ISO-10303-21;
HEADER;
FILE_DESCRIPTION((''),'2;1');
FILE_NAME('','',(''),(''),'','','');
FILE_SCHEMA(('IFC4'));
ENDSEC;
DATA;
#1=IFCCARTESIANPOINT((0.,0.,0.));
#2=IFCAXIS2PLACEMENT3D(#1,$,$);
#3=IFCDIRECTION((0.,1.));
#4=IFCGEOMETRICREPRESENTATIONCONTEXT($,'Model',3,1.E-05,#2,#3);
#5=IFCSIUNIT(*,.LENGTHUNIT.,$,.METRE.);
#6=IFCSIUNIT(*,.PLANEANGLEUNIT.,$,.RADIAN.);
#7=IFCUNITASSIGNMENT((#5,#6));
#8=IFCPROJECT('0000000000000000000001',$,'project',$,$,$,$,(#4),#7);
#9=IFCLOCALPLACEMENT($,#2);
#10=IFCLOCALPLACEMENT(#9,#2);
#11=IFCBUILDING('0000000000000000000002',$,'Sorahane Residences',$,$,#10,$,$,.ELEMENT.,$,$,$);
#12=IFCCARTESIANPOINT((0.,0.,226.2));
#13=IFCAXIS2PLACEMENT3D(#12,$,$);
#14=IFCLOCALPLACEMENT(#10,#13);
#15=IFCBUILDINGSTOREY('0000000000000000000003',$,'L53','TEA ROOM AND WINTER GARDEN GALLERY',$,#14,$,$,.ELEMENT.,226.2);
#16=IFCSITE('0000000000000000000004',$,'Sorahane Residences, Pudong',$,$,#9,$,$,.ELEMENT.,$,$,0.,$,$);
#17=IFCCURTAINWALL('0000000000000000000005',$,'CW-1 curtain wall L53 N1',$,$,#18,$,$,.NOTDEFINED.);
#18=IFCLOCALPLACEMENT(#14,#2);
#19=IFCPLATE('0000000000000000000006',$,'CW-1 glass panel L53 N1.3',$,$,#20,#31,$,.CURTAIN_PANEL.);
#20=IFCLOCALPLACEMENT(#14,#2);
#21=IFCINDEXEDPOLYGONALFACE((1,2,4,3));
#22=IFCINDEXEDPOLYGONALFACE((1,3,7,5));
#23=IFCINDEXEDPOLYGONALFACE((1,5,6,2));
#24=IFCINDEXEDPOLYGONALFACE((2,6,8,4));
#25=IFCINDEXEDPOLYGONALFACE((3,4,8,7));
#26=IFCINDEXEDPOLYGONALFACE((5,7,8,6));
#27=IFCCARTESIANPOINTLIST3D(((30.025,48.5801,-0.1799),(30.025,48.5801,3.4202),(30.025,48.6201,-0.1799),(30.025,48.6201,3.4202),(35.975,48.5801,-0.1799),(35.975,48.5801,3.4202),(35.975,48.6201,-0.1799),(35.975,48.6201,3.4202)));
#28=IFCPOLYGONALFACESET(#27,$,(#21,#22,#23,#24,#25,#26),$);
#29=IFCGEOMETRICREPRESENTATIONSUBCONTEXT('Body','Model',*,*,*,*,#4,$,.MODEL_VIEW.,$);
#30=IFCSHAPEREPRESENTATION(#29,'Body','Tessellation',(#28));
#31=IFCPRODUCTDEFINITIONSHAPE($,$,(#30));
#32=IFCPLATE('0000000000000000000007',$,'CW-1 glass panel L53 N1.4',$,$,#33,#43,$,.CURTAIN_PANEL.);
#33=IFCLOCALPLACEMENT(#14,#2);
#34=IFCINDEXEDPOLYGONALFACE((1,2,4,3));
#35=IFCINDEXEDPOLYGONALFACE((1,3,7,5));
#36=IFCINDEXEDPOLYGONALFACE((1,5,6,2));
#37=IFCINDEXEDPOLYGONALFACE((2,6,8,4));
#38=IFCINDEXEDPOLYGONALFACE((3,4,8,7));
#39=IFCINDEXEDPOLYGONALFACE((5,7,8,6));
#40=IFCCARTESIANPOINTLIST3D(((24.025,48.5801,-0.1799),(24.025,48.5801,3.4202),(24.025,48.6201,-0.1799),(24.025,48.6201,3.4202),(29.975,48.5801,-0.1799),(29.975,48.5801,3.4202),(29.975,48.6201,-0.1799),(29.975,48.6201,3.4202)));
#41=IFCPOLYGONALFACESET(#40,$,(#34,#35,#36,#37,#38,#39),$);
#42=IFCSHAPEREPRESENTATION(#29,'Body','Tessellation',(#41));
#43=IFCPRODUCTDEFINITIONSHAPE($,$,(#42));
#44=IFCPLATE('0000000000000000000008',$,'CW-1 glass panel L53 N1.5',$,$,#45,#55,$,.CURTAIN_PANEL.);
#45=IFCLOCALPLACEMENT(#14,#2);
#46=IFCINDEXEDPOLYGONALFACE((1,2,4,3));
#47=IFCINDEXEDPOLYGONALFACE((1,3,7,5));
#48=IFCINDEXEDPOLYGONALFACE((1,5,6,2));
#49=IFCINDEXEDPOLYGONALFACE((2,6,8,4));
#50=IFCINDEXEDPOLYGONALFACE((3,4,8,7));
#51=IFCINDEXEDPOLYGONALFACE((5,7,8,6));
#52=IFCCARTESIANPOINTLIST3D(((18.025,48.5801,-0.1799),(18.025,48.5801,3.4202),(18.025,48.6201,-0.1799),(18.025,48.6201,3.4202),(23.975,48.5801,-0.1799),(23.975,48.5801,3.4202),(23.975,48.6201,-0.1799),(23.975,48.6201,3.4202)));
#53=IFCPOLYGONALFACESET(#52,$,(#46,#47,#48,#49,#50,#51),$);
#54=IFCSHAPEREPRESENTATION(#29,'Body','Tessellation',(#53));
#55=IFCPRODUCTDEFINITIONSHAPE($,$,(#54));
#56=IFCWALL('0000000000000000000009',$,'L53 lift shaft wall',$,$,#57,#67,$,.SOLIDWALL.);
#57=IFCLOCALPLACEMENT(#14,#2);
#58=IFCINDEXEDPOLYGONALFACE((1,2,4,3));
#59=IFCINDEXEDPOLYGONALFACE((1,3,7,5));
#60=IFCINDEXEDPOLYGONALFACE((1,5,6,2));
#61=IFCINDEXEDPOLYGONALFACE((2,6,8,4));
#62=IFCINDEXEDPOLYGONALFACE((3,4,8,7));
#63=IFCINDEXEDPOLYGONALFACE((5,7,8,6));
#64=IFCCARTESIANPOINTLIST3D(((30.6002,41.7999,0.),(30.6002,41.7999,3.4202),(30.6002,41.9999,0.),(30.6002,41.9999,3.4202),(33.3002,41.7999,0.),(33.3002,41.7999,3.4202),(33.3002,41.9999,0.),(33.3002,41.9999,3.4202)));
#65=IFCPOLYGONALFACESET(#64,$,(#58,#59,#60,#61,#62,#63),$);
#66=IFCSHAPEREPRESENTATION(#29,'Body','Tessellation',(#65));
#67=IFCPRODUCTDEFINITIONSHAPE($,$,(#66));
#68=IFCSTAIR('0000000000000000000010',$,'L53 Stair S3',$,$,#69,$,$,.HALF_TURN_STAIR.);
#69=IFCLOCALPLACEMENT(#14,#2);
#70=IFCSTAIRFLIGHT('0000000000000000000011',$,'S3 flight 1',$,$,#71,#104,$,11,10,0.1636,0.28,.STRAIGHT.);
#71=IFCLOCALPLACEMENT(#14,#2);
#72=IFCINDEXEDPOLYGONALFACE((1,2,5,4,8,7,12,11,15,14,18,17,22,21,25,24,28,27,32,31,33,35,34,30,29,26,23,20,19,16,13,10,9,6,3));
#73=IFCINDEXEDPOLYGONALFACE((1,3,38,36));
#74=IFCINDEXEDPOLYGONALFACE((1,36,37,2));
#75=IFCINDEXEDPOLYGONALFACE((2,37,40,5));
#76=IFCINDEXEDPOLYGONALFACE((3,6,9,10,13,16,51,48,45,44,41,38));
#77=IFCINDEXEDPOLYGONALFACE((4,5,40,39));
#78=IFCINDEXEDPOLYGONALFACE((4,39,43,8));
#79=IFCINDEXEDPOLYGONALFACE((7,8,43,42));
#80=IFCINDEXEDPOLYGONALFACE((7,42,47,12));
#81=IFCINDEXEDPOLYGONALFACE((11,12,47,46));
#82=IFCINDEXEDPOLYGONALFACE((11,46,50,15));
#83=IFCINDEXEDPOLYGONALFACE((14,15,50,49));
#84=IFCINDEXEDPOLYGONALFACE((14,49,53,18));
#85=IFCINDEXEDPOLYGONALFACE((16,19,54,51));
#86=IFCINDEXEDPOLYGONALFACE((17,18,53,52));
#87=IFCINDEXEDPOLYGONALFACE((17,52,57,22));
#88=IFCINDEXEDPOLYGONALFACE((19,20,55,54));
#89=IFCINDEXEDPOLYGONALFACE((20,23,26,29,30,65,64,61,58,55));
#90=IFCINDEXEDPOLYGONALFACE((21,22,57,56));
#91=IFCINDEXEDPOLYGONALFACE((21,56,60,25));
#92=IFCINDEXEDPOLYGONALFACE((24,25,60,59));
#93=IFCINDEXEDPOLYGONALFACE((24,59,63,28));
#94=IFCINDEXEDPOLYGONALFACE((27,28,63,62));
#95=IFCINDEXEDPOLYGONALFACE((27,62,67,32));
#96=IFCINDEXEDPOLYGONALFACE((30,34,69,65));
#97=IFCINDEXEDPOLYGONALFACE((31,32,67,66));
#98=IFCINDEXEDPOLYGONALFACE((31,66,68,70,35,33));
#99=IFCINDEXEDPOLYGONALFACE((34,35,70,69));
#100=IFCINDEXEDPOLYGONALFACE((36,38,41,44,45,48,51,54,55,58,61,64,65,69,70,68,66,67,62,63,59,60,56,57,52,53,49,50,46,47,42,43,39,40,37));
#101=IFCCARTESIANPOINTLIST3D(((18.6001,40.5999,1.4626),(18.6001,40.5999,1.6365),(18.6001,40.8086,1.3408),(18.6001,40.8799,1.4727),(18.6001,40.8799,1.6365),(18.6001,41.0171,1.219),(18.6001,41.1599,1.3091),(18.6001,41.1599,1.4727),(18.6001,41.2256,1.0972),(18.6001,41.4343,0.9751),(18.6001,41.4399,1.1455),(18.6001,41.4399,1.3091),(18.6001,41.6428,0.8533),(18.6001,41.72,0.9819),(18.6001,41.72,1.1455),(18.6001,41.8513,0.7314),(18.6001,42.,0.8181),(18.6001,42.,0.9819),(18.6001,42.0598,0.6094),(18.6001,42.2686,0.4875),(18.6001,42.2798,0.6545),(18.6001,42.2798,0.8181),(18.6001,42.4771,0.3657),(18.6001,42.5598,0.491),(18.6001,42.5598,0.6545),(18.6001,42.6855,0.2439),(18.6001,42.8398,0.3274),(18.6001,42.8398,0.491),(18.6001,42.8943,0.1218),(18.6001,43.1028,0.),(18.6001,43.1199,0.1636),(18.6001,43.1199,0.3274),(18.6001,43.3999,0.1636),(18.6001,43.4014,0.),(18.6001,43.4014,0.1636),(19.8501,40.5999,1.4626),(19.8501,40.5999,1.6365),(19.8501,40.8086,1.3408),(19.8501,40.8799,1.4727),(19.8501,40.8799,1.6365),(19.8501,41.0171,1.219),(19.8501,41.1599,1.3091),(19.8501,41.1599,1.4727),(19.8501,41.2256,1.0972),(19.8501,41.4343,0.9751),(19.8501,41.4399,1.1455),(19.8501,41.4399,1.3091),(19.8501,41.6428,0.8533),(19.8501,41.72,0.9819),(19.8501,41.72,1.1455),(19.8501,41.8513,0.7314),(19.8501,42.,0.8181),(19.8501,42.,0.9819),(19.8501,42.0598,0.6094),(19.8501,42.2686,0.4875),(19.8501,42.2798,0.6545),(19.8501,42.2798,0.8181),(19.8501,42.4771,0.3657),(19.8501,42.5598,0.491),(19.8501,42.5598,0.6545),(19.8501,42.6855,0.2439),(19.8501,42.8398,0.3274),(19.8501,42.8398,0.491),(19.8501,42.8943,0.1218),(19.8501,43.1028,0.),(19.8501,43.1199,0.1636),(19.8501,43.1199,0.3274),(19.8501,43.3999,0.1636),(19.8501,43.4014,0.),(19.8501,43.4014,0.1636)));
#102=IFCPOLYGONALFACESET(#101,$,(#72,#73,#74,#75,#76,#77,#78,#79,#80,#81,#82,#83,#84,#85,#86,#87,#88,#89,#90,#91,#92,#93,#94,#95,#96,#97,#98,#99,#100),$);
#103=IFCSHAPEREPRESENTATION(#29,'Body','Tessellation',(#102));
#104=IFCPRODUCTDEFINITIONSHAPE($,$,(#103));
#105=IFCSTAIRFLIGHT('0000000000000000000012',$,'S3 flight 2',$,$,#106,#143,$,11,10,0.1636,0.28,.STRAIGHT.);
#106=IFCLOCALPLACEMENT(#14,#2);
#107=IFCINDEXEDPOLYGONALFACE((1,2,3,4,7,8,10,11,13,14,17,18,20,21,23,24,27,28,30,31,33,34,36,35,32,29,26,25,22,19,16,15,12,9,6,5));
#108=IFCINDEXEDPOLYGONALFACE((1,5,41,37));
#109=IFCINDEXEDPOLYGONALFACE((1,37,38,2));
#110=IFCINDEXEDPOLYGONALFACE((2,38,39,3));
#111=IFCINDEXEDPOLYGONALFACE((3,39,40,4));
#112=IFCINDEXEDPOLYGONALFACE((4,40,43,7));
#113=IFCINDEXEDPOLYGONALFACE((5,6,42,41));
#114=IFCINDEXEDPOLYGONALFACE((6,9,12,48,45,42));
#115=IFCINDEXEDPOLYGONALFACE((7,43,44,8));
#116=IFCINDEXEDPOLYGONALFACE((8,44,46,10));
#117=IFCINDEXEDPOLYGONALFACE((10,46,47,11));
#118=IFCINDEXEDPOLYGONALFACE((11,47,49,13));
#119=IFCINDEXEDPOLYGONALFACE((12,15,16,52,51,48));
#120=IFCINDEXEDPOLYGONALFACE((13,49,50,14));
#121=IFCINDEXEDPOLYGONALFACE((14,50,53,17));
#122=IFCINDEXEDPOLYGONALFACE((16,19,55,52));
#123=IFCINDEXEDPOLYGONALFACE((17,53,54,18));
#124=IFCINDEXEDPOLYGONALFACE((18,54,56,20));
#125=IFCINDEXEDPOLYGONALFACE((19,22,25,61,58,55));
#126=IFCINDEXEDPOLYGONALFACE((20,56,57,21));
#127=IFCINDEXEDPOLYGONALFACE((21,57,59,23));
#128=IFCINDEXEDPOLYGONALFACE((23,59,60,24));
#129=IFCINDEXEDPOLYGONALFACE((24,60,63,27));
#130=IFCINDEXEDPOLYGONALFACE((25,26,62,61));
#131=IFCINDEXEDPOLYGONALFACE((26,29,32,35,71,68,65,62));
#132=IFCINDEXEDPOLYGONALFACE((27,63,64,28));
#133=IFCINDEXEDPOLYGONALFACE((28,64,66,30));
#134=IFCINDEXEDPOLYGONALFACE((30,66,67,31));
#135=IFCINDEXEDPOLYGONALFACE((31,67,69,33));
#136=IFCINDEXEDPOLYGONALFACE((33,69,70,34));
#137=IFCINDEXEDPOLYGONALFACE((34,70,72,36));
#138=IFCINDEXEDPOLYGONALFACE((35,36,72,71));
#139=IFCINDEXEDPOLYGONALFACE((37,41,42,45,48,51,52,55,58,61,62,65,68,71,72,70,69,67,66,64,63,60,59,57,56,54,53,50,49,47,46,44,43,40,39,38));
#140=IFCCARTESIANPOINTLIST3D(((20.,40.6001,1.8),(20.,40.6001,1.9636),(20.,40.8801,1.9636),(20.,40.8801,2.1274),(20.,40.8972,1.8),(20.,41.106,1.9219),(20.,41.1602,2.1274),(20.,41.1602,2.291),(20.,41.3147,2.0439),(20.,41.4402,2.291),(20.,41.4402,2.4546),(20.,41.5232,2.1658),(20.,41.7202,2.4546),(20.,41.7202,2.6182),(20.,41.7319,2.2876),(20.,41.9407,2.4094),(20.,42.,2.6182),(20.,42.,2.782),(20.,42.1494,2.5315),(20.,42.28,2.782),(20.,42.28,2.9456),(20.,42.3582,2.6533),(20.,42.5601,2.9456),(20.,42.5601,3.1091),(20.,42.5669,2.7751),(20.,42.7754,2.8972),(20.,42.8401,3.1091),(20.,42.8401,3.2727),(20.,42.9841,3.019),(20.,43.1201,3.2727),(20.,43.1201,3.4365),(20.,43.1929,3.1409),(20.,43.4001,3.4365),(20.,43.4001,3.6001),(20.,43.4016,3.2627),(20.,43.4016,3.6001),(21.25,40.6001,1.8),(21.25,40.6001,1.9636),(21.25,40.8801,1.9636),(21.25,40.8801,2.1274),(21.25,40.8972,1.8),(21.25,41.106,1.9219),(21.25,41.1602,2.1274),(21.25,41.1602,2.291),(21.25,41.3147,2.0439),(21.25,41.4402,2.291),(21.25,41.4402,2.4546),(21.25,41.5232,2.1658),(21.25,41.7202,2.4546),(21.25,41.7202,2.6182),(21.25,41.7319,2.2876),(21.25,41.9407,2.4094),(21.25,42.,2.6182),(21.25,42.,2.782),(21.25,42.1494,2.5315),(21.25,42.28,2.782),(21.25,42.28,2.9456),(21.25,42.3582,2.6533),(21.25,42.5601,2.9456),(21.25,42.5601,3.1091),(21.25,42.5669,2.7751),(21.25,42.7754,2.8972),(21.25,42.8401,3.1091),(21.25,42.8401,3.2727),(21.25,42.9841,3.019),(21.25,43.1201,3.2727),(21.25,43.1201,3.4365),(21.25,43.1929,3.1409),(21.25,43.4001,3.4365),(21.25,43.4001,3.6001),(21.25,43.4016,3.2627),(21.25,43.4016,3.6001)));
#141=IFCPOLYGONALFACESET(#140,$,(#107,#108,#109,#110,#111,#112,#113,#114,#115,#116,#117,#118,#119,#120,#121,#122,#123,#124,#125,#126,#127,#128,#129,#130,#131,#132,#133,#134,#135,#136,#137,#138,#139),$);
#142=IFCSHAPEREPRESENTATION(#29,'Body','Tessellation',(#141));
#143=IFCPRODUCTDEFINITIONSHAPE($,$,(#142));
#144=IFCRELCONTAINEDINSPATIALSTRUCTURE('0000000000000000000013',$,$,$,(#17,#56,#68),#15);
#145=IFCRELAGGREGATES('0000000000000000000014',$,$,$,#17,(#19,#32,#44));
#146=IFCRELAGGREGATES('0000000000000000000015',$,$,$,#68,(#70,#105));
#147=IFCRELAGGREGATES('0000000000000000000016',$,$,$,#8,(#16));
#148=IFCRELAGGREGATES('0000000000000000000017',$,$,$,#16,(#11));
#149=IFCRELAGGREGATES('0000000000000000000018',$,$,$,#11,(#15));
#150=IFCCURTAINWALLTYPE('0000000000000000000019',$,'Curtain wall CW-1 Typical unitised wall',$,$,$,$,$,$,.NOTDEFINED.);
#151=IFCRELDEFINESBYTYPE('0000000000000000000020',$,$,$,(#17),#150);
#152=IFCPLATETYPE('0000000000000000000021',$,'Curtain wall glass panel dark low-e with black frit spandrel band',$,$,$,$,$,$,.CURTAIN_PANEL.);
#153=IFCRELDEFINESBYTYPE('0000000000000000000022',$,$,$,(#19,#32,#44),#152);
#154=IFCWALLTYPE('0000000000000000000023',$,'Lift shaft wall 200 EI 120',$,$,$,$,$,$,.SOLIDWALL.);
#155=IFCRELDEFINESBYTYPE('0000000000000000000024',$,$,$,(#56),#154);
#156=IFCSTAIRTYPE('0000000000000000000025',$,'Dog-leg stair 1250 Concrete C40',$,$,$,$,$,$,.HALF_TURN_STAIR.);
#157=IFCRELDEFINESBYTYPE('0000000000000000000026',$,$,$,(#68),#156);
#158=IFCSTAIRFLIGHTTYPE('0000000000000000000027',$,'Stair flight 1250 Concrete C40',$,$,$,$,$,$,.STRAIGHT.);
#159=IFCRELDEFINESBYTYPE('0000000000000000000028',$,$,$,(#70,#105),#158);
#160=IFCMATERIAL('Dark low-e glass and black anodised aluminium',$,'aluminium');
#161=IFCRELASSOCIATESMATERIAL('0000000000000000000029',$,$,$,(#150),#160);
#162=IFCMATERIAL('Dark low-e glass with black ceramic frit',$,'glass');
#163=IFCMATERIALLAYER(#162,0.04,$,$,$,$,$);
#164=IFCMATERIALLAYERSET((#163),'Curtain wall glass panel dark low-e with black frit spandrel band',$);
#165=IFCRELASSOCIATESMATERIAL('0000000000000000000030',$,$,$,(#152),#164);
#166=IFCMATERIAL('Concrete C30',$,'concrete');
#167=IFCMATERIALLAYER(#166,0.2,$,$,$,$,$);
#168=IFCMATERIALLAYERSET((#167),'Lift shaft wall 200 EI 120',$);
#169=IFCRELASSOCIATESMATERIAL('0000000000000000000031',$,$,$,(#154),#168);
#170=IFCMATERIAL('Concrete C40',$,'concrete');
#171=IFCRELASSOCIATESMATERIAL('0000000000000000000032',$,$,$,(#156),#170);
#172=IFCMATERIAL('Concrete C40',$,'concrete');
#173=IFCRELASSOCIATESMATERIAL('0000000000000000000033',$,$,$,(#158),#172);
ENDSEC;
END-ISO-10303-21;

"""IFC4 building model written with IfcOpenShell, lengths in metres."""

from ifc_helpers import new_model, si_unit, direction, frame, frame_2d, origin, origin_2d, place, context, subcontext, project, spatial, polyline, rectangle, outline, extrude, material, layer, layer_set, type_object, element, aggregate, save


model = new_model("IFC4")

# Units and contexts
model_context = context("Model", 3, precision=1e-05, world=origin(), true_north=direction((0.0, 1.0)))
body_context = subcontext(model_context, "Body", "Model", "MODEL_VIEW")
ifc_project = project(units=[si_unit("LENGTHUNIT", "METRE"), si_unit("PLANEANGLEUNIT", "RADIAN")], contexts=[model_context])

# Site, building, storey
site_placement = place(None, origin())
site = spatial("IfcSite", under=ifc_project, at=site_placement, Name="Sorahane Residences, Pudong", CompositionType="ELEMENT", RefElevation=0.0)
building_placement = place(site_placement, origin())
building = spatial("IfcBuilding", under=site, at=building_placement, Name="Sorahane Residences", CompositionType="ELEMENT")
storey_placement = place(building_placement, frame((0.0, 0.0, 226.2)))
storey = spatial("IfcBuildingStorey", under=building, at=storey_placement, Name="L53", Description="TEA ROOM AND WINTER GARDEN GALLERY", CompositionType="ELEMENT", Elevation=226.2)

# Curtain wall
ifc_material_1 = material(Name="Dark low-e glass and black anodised aluminium", Category="aluminium")
curtain_wall_type = type_object("IfcCurtainWallType", Name="Curtain wall CW-1 Typical unitised wall", PredefinedType="NOTDEFINED", material=ifc_material_1)
curtain_wall_placement = place(storey_placement, origin())
curtain_wall = element("IfcCurtainWall", 1, at=curtain_wall_placement, inside=storey, type_object=curtain_wall_type, Name="CW-1 curtain wall L53 N1", PredefinedType="NOTDEFINED")

# Plates
ifc_material_2 = material(Name="Dark low-e glass with black ceramic frit", Category="glass")
ifc_layer_1 = layer(ifc_material_2, 0.04)
ifc_layer_set_1 = layer_set([ifc_layer_1], Name="Curtain wall glass panel dark low-e with black frit spandrel band")
plate_type = type_object("IfcPlateType", Name="Curtain wall glass panel dark low-e with black frit spandrel band", PredefinedType="CURTAIN_PANEL", material=ifc_layer_set_1)
plate_1_placement = place(storey_placement, frame((33.0, 48.6001, -0.1799), z_axis=(0.0, 0.0, 1.0), x_axis=(-1.0, 0.0, 0.0)))
plate_1 = element("IfcPlate", 2, at=plate_1_placement, type_object=plate_type, Name="CW-1 glass panel L53 N1.3", PredefinedType="CURTAIN_PANEL", context=body_context, shape_type="SweptSolid", body=[
    extrude(rectangle(XDim=5.95, YDim=0.04, at=origin_2d()), origin(), (0.0, 0.0, 1.0), 3.6001),
])
plate_2_placement = place(storey_placement, frame((27.0, 48.6001, -0.1799), z_axis=(0.0, 0.0, 1.0), x_axis=(-1.0, 0.0, 0.0)))
plate_2 = element("IfcPlate", 3, at=plate_2_placement, type_object=plate_type, Name="CW-1 glass panel L53 N1.4", PredefinedType="CURTAIN_PANEL", context=body_context, shape_type="SweptSolid", body=[
    extrude(rectangle(XDim=5.95, YDim=0.04, at=origin_2d()), origin(), (0.0, 0.0, 1.0), 3.6001),
])
plate_3_placement = place(storey_placement, frame((21.0, 48.6001, -0.1799), z_axis=(0.0, 0.0, 1.0), x_axis=(-1.0, 0.0, 0.0)))
plate_3 = element("IfcPlate", 4, at=plate_3_placement, type_object=plate_type, Name="CW-1 glass panel L53 N1.5", PredefinedType="CURTAIN_PANEL", context=body_context, shape_type="SweptSolid", body=[
    extrude(rectangle(XDim=5.95, YDim=0.04, at=origin_2d()), origin(), (0.0, 0.0, 1.0), 3.6001),
])
aggregate(curtain_wall, [plate_1, plate_2, plate_3])

# Wall
ifc_material_3 = material(Name="Concrete C30", Category="concrete")
ifc_layer_2 = layer(ifc_material_3, 0.2)
ifc_layer_set_2 = layer_set([ifc_layer_2], Name="Lift shaft wall 200 EI 120")
wall_type = type_object("IfcWallType", Name="Lift shaft wall 200 EI 120", PredefinedType="SOLIDWALL", material=ifc_layer_set_2)
wall_placement = place(storey_placement, frame((30.6001, 41.8999, 0.0), z_axis=(0.0, 0.0, 1.0), x_axis=(1.0, 0.0, 0.0)))
element("IfcWall", 5, at=wall_placement, inside=storey, type_object=wall_type, Name="L53 lift shaft wall", PredefinedType="SOLIDWALL", context=body_context, shape_type="SweptSolid", body=[
    extrude(rectangle(XDim=2.7, YDim=0.2, at=frame_2d((1.3501, 0.0))), origin(), (0.0, 0.0, 1.0), 3.4202),
])

# Stair, stair flights
ifc_material_4 = material(Name="Concrete C40", Category="concrete")
stair_type = type_object("IfcStairType", Name="Dog-leg stair 1250 Concrete C40", PredefinedType="HALF_TURN_STAIR", material=ifc_material_4)
stair_placement = place(storey_placement, origin())
stair = element("IfcStair", 6, at=stair_placement, inside=storey, type_object=stair_type, Name="L53 Stair S3", PredefinedType="HALF_TURN_STAIR")
ifc_material_5 = material(Name="Concrete C40", Category="concrete")
stair_flight_type = type_object("IfcStairFlightType", Name="Stair flight 1250 Concrete C40", PredefinedType="STRAIGHT", material=ifc_material_5)
stair_flight_1_placement = place(storey_placement, frame((19.2251, 43.3999, 0.0), z_axis=(0.0, 0.0, 1.0), x_axis=(0.0, -1.0, 0.0)))
stair_flight_1 = element("IfcStairFlight", 7, at=stair_flight_1_placement, type_object=stair_flight_type, Name="S3 flight 1", NumberOfRisers=11, NumberOfTreads=10, PredefinedType="STRAIGHT", RiserHeight=0.1636, TreadLength=0.28, context=body_context, shape_type="SweptSolid", body=[
    extrude(outline(polyline([(-0.0015, 0.0), (-0.0015, 0.1636), (0.0, 0.1636), (0.28, 0.1636), (0.28, 0.3274), (0.5601, 0.3274), (0.5601, 0.491), (0.8401, 0.491), (0.8401, 0.6545), (1.1201, 0.6545), (1.1201, 0.8181), (1.3999, 0.8181), (1.3999, 0.9819), (1.6799, 0.9819), (1.6799, 1.1455), (1.96, 1.1455), (1.96, 1.3091), (2.24, 1.3091), (2.24, 1.4727), (2.52, 1.4727), (2.52, 1.6365), (2.8, 1.6365), (2.8, 1.8), (2.8, 1.4626), (2.5913, 1.3408), (2.3828, 1.219), (2.1743, 1.0972), (1.9656, 0.9751), (1.7571, 0.8533), (1.5486, 0.7314), (1.3401, 0.6094), (1.1313, 0.4875), (0.9229, 0.3657), (0.7144, 0.2439), (0.5056, 0.1218), (0.2971, 0.0), (-0.0015, 0.0)])), frame((0.0, 0.625, 0.0), z_axis=(0.0, -1.0, 0.0), x_axis=(1.0, 0.0, 0.0)), (0.0, 0.0, 1.0), 1.25),
])
stair_flight_2_placement = place(storey_placement, frame((20.625, 40.6001, 1.8), z_axis=(0.0, 0.0, 1.0), x_axis=(0.0, 1.0, 0.0)))
stair_flight_2 = element("IfcStairFlight", 8, at=stair_flight_2_placement, type_object=stair_flight_type, Name="S3 flight 2", NumberOfRisers=11, NumberOfTreads=10, PredefinedType="STRAIGHT", RiserHeight=0.1636, TreadLength=0.28, context=body_context, shape_type="SweptSolid", body=[
    extrude(outline(polyline([(0.0, 0.0), (0.0, 0.1636), (0.28, 0.1636), (0.28, 0.3274), (0.5601, 0.3274), (0.5601, 0.491), (0.8401, 0.491), (0.8401, 0.6545), (1.1201, 0.6545), (1.1201, 0.8181), (1.3999, 0.8181), (1.3999, 0.9819), (1.6799, 0.9819), (1.6799, 1.1455), (1.96, 1.1455), (1.96, 1.3091), (2.24, 1.3091), (2.24, 1.4727), (2.52, 1.4727), (2.52, 1.6365), (2.8, 1.6365), (2.8, 1.8), (2.8015, 1.8), (2.8015, 1.4626), (2.5928, 1.3408), (2.384, 1.219), (2.1753, 1.0972), (1.9668, 0.9751), (1.7581, 0.8533), (1.5493, 0.7314), (1.3406, 0.6094), (1.1318, 0.4875), (0.9231, 0.3657), (0.7146, 0.2439), (0.5059, 0.1218), (0.2971, 0.0), (0.0, 0.0)])), frame((0.0, 0.625, 0.0), z_axis=(0.0, -1.0, 0.0), x_axis=(1.0, 0.0, 0.0)), (0.0, 0.0, 1.0), 1.25),
])
aggregate(stair, [stair_flight_1, stair_flight_2])

save(model, "model.ifc")
